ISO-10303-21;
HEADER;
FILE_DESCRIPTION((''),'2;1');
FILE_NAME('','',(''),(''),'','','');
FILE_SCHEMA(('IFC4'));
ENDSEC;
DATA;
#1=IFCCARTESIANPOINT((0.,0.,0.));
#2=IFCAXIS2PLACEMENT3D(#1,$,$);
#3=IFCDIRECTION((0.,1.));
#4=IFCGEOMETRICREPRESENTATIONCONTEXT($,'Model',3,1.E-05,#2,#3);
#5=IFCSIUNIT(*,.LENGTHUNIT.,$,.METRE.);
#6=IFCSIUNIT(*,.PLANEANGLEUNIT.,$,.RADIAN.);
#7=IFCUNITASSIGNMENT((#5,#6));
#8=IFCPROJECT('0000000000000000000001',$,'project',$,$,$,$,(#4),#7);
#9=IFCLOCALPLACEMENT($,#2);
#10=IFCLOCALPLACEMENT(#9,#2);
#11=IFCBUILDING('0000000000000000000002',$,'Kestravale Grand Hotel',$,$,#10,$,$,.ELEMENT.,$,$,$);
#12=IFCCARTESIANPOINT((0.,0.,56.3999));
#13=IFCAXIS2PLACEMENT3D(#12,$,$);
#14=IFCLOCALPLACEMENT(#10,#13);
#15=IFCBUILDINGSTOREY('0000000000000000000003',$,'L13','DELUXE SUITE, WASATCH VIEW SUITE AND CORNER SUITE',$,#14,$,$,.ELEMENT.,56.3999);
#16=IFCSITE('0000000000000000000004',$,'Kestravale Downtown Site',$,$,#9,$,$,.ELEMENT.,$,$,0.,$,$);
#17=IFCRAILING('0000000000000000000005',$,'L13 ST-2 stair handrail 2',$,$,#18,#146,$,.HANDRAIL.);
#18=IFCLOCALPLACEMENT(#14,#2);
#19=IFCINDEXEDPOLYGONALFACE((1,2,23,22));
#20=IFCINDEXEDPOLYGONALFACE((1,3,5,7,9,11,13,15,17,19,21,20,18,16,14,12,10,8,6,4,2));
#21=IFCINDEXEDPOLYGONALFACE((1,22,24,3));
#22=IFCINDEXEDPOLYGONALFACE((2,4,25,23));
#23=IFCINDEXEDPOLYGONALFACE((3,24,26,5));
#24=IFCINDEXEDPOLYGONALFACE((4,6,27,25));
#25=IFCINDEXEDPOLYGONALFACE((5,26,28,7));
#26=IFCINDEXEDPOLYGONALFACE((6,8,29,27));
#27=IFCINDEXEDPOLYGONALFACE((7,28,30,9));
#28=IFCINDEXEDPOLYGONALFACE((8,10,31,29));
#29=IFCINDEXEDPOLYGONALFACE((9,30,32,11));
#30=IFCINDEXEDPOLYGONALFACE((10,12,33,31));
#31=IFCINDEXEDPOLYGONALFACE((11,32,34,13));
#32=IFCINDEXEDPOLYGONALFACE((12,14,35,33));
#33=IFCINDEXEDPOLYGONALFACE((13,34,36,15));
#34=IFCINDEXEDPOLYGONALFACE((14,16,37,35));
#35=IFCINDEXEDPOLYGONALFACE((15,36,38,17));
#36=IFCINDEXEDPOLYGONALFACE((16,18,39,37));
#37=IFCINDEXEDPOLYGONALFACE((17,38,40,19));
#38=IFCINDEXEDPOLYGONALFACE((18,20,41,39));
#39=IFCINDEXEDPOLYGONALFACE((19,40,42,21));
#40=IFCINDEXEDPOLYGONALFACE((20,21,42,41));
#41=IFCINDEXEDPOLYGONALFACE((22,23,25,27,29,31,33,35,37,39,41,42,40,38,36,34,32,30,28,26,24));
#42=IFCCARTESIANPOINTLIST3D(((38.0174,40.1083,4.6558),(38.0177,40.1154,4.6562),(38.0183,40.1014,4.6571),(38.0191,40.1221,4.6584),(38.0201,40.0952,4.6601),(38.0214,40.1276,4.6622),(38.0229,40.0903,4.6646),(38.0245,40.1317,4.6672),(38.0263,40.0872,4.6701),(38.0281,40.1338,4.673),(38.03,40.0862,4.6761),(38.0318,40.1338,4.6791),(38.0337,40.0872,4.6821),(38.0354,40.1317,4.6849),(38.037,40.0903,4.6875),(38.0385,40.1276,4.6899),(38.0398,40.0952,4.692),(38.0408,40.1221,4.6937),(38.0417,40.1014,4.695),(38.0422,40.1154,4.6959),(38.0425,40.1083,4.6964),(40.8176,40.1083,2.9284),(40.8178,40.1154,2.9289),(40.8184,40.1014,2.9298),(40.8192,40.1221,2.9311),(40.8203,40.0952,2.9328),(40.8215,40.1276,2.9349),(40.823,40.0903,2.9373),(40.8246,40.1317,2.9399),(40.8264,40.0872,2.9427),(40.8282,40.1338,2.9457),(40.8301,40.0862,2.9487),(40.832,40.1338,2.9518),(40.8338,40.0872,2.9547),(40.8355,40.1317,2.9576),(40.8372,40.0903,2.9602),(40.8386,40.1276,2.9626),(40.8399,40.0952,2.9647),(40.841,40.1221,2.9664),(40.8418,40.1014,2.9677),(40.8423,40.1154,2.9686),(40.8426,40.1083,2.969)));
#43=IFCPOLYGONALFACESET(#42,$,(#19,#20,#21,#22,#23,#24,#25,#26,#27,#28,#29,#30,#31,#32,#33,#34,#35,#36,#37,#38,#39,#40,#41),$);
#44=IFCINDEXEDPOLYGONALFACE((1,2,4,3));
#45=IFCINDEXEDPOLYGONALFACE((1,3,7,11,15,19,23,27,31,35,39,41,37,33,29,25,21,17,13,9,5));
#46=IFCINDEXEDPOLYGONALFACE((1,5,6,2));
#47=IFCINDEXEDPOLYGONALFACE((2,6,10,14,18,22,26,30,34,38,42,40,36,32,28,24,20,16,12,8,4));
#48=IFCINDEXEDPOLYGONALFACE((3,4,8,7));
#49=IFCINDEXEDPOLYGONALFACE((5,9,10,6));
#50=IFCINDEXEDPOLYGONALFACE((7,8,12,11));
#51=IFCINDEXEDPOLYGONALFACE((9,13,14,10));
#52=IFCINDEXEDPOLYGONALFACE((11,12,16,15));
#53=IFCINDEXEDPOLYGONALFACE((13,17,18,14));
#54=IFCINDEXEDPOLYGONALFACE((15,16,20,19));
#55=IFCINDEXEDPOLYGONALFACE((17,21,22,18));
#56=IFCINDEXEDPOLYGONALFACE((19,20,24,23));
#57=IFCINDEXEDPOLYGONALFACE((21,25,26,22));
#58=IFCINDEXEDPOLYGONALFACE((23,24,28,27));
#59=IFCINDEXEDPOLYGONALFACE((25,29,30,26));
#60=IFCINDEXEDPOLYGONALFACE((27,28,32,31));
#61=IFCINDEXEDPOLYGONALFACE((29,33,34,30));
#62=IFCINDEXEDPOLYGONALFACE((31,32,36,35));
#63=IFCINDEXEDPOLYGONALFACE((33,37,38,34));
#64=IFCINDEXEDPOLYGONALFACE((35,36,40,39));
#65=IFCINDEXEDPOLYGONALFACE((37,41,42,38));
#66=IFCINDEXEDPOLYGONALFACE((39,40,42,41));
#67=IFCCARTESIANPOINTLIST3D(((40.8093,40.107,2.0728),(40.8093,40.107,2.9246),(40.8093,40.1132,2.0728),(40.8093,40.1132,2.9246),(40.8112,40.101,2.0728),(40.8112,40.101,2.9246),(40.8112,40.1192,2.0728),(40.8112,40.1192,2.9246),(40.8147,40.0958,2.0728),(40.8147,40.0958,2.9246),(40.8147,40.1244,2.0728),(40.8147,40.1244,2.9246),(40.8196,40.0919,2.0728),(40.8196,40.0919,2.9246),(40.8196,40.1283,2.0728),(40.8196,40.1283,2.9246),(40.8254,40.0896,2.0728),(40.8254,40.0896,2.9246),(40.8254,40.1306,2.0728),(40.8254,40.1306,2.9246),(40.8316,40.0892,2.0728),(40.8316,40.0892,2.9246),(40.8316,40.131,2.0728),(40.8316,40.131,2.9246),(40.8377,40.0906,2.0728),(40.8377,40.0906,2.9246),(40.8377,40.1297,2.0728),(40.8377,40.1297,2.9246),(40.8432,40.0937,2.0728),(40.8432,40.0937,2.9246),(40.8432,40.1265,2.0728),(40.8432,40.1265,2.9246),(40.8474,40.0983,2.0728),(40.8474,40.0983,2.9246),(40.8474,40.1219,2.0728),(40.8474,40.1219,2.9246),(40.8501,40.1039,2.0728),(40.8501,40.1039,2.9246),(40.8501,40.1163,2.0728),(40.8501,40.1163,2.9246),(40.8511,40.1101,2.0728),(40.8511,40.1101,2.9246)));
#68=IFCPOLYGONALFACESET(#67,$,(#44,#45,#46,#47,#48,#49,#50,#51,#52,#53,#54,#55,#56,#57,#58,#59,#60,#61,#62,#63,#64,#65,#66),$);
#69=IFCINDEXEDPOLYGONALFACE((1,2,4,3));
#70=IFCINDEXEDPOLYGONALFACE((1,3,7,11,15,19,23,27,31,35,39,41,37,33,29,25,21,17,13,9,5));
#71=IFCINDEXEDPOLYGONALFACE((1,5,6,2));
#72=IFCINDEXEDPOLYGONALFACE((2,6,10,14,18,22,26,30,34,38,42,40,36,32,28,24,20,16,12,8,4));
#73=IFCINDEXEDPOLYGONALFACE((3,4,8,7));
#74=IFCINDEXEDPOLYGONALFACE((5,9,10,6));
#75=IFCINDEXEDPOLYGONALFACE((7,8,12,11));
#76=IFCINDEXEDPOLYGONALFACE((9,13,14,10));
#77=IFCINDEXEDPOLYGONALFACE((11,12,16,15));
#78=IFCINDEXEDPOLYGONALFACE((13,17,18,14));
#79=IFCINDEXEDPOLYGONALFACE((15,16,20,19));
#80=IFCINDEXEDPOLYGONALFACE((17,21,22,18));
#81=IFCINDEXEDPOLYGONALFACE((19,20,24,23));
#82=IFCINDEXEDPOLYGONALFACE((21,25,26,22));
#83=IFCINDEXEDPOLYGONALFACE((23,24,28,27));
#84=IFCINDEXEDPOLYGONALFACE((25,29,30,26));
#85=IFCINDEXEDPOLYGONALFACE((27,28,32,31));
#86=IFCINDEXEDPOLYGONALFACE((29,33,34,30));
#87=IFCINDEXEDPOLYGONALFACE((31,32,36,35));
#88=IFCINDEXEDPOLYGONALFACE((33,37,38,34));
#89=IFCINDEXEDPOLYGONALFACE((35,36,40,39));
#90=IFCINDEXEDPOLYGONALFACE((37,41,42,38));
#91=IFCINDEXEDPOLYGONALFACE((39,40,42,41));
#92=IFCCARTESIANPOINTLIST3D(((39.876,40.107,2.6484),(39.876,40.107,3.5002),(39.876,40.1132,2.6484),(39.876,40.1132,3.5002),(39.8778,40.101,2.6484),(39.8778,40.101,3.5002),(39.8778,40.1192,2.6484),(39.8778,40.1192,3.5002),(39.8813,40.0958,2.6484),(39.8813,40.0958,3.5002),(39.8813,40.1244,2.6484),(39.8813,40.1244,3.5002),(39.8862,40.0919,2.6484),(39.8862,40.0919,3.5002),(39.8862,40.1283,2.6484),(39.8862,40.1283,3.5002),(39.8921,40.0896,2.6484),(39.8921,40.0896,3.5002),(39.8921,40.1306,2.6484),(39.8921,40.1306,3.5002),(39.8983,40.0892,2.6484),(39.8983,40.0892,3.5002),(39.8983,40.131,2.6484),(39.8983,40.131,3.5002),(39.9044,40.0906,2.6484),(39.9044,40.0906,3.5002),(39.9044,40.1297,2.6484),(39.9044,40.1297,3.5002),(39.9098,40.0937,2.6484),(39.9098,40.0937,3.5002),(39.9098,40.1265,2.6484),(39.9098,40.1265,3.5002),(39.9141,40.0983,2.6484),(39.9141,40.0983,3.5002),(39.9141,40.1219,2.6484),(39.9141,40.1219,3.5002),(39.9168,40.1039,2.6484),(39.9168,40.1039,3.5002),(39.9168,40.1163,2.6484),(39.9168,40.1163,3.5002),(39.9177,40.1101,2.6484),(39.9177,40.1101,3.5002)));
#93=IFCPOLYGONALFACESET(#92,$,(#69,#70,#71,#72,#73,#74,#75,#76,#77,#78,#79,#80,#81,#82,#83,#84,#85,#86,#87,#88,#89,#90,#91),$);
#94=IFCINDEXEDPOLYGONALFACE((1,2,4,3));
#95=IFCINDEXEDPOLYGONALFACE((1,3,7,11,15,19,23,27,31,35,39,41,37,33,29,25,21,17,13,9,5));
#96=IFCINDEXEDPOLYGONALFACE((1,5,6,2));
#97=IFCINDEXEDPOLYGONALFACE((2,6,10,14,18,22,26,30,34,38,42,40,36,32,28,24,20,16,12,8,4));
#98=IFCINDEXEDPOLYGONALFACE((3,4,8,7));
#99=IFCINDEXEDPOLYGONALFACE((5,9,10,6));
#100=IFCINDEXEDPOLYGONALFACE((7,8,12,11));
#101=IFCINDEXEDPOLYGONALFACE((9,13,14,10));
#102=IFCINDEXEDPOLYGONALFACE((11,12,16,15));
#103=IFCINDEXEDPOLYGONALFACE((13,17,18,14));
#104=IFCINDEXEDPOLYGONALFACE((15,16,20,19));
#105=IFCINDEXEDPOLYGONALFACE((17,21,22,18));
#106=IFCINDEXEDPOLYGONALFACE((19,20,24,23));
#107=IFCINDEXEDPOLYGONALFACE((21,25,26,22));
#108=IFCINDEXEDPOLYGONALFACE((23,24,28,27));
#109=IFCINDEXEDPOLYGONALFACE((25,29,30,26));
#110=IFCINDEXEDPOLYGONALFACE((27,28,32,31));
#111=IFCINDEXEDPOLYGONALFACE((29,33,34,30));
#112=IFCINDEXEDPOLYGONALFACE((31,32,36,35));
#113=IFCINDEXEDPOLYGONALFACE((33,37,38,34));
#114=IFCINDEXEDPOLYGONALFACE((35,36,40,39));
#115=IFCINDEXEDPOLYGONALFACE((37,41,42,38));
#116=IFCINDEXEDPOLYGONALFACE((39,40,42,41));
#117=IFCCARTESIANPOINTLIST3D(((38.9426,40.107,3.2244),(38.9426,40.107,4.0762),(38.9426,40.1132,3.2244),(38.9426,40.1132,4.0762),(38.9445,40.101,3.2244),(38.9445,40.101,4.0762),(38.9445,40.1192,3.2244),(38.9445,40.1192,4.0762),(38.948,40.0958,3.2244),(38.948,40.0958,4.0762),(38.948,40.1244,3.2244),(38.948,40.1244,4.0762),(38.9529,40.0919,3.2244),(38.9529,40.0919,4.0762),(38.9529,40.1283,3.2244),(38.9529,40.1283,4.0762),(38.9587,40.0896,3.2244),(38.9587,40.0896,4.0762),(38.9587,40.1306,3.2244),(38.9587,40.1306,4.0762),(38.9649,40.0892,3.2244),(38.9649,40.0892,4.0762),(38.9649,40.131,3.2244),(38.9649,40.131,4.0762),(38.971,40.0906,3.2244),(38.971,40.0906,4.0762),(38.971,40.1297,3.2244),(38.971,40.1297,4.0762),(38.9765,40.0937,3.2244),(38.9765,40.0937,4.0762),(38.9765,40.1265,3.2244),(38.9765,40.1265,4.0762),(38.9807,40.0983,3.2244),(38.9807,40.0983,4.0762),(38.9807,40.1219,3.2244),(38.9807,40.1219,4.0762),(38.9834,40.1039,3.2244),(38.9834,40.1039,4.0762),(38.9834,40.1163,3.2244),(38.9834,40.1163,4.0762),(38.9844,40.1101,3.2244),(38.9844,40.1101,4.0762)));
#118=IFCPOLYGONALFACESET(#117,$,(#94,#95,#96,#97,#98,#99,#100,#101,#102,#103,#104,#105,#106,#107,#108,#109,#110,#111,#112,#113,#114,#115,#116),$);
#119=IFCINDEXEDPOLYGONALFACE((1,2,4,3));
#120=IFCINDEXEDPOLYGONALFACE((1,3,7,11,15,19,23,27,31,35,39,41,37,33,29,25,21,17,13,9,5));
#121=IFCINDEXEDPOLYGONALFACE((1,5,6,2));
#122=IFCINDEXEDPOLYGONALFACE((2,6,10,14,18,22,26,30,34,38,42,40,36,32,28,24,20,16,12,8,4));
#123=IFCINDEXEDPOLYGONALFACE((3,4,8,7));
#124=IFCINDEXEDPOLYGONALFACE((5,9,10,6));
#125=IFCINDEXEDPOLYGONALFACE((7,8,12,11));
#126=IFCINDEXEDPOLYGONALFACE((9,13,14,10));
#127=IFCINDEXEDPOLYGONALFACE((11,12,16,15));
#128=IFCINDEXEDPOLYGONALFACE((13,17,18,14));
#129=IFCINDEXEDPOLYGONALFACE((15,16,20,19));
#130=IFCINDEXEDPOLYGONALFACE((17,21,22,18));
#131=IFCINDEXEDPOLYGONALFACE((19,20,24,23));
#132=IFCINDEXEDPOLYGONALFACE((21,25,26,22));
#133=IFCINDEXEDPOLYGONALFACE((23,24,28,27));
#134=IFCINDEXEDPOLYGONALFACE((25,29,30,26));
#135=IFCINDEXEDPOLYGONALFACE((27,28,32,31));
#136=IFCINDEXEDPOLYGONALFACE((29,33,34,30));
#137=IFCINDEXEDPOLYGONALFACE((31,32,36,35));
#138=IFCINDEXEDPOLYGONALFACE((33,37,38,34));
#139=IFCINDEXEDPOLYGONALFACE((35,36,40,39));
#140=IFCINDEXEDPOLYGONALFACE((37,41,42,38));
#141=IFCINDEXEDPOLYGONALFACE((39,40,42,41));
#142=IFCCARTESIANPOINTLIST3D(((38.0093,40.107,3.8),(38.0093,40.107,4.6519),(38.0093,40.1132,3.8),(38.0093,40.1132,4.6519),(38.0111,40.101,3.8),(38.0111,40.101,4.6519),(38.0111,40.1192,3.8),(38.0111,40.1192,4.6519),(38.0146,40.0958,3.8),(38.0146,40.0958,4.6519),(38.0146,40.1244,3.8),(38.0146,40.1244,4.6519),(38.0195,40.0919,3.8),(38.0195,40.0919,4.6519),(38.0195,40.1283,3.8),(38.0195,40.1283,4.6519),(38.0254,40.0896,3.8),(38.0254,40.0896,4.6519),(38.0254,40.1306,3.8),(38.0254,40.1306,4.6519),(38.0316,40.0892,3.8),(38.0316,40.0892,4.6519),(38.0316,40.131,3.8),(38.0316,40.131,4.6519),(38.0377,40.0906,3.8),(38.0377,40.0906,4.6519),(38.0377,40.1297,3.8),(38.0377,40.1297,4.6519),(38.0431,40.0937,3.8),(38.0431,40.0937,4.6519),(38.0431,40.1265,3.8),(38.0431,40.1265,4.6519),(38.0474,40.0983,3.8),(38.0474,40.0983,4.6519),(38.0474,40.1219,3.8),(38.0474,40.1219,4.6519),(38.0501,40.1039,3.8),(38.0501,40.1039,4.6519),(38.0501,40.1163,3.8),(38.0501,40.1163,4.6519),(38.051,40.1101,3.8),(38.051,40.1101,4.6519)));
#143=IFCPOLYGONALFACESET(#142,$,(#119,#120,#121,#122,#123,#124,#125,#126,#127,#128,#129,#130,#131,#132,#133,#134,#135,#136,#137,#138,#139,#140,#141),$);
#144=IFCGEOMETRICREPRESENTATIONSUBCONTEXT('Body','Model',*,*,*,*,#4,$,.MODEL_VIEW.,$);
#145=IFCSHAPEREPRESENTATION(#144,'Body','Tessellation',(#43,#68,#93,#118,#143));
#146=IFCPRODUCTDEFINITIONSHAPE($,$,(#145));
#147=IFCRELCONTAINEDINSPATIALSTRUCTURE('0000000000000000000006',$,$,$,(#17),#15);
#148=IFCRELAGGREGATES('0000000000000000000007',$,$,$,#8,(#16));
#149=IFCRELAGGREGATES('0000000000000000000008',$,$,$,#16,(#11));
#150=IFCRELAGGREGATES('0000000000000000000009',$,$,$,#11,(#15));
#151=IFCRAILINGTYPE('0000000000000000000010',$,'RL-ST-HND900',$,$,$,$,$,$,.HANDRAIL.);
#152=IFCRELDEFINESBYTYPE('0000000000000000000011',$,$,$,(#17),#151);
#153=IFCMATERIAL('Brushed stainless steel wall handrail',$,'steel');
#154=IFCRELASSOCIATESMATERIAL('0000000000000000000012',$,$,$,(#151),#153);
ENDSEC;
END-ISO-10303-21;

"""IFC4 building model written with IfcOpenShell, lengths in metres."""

from ifc_helpers import new_model, si_unit, direction, frame, origin, origin_2d, place, context, subcontext, project, spatial, circle, extrude, material, type_object, element, save


model = new_model("IFC4")

# Units and contexts
model_context = context("Model", 3, precision=1e-05, world=origin(), true_north=direction((0.0, 1.0)))
body_context = subcontext(model_context, "Body", "Model", "MODEL_VIEW")
ifc_project = project(units=[si_unit("LENGTHUNIT", "METRE"), si_unit("PLANEANGLEUNIT", "RADIAN")], contexts=[model_context])

# Site, building, storey
site_placement = place(None, origin())
site = spatial("IfcSite", under=ifc_project, at=site_placement, Name="Kestravale Downtown Site", CompositionType="ELEMENT", RefElevation=0.0)
building_placement = place(site_placement, origin())
building = spatial("IfcBuilding", under=site, at=building_placement, Name="Kestravale Grand Hotel", CompositionType="ELEMENT")
storey_placement = place(building_placement, frame((0.0, 0.0, 56.3999)))
storey = spatial("IfcBuildingStorey", under=building, at=storey_placement, Name="L13", Description="DELUXE SUITE, WASATCH VIEW SUITE AND CORNER SUITE", CompositionType="ELEMENT", Elevation=56.3999)

# Railing
ifc_material_1 = material(Name="Brushed stainless steel wall handrail", Category="steel")
railing_type_1 = type_object("IfcRailingType", Name="RL-ST-HND900", PredefinedType="HANDRAIL", material=ifc_material_1)
railing_1_placement = place(storey_placement, frame((40.8301, 40.1101, 2.0728)))
element("IfcRailing", 1, at=railing_1_placement, inside=storey, type_object=railing_type_1, Name="L13 ST-2 stair handrail 2", PredefinedType="HANDRAIL", context=body_context, shape_type="SweptSolid", body=[
    extrude(circle(Radius=0.0239, at=origin_2d()), frame((0.0, 0.0, 0.876), z_axis=(-0.85109, 0.0, 0.52502), x_axis=(0.0, -1.0, 0.0)), (0.0, 0.0, 1.0), 3.29),
    extrude(circle(Radius=0.021, at=origin_2d()), origin(), (0.0, 0.0, 1.0), 0.8518),
    extrude(circle(Radius=0.021, at=origin_2d()), frame((-0.9333, 0.0, 0.5757)), (0.0, 0.0, 1.0), 0.8518),
    extrude(circle(Radius=0.021, at=origin_2d()), frame((-1.8667, 0.0, 1.1516)), (0.0, 0.0, 1.0), 0.8518),
    extrude(circle(Radius=0.021, at=origin_2d()), frame((-2.8, 0.0, 1.7273)), (0.0, 0.0, 1.0), 0.8518),
])

save(model, "model.ifc")
